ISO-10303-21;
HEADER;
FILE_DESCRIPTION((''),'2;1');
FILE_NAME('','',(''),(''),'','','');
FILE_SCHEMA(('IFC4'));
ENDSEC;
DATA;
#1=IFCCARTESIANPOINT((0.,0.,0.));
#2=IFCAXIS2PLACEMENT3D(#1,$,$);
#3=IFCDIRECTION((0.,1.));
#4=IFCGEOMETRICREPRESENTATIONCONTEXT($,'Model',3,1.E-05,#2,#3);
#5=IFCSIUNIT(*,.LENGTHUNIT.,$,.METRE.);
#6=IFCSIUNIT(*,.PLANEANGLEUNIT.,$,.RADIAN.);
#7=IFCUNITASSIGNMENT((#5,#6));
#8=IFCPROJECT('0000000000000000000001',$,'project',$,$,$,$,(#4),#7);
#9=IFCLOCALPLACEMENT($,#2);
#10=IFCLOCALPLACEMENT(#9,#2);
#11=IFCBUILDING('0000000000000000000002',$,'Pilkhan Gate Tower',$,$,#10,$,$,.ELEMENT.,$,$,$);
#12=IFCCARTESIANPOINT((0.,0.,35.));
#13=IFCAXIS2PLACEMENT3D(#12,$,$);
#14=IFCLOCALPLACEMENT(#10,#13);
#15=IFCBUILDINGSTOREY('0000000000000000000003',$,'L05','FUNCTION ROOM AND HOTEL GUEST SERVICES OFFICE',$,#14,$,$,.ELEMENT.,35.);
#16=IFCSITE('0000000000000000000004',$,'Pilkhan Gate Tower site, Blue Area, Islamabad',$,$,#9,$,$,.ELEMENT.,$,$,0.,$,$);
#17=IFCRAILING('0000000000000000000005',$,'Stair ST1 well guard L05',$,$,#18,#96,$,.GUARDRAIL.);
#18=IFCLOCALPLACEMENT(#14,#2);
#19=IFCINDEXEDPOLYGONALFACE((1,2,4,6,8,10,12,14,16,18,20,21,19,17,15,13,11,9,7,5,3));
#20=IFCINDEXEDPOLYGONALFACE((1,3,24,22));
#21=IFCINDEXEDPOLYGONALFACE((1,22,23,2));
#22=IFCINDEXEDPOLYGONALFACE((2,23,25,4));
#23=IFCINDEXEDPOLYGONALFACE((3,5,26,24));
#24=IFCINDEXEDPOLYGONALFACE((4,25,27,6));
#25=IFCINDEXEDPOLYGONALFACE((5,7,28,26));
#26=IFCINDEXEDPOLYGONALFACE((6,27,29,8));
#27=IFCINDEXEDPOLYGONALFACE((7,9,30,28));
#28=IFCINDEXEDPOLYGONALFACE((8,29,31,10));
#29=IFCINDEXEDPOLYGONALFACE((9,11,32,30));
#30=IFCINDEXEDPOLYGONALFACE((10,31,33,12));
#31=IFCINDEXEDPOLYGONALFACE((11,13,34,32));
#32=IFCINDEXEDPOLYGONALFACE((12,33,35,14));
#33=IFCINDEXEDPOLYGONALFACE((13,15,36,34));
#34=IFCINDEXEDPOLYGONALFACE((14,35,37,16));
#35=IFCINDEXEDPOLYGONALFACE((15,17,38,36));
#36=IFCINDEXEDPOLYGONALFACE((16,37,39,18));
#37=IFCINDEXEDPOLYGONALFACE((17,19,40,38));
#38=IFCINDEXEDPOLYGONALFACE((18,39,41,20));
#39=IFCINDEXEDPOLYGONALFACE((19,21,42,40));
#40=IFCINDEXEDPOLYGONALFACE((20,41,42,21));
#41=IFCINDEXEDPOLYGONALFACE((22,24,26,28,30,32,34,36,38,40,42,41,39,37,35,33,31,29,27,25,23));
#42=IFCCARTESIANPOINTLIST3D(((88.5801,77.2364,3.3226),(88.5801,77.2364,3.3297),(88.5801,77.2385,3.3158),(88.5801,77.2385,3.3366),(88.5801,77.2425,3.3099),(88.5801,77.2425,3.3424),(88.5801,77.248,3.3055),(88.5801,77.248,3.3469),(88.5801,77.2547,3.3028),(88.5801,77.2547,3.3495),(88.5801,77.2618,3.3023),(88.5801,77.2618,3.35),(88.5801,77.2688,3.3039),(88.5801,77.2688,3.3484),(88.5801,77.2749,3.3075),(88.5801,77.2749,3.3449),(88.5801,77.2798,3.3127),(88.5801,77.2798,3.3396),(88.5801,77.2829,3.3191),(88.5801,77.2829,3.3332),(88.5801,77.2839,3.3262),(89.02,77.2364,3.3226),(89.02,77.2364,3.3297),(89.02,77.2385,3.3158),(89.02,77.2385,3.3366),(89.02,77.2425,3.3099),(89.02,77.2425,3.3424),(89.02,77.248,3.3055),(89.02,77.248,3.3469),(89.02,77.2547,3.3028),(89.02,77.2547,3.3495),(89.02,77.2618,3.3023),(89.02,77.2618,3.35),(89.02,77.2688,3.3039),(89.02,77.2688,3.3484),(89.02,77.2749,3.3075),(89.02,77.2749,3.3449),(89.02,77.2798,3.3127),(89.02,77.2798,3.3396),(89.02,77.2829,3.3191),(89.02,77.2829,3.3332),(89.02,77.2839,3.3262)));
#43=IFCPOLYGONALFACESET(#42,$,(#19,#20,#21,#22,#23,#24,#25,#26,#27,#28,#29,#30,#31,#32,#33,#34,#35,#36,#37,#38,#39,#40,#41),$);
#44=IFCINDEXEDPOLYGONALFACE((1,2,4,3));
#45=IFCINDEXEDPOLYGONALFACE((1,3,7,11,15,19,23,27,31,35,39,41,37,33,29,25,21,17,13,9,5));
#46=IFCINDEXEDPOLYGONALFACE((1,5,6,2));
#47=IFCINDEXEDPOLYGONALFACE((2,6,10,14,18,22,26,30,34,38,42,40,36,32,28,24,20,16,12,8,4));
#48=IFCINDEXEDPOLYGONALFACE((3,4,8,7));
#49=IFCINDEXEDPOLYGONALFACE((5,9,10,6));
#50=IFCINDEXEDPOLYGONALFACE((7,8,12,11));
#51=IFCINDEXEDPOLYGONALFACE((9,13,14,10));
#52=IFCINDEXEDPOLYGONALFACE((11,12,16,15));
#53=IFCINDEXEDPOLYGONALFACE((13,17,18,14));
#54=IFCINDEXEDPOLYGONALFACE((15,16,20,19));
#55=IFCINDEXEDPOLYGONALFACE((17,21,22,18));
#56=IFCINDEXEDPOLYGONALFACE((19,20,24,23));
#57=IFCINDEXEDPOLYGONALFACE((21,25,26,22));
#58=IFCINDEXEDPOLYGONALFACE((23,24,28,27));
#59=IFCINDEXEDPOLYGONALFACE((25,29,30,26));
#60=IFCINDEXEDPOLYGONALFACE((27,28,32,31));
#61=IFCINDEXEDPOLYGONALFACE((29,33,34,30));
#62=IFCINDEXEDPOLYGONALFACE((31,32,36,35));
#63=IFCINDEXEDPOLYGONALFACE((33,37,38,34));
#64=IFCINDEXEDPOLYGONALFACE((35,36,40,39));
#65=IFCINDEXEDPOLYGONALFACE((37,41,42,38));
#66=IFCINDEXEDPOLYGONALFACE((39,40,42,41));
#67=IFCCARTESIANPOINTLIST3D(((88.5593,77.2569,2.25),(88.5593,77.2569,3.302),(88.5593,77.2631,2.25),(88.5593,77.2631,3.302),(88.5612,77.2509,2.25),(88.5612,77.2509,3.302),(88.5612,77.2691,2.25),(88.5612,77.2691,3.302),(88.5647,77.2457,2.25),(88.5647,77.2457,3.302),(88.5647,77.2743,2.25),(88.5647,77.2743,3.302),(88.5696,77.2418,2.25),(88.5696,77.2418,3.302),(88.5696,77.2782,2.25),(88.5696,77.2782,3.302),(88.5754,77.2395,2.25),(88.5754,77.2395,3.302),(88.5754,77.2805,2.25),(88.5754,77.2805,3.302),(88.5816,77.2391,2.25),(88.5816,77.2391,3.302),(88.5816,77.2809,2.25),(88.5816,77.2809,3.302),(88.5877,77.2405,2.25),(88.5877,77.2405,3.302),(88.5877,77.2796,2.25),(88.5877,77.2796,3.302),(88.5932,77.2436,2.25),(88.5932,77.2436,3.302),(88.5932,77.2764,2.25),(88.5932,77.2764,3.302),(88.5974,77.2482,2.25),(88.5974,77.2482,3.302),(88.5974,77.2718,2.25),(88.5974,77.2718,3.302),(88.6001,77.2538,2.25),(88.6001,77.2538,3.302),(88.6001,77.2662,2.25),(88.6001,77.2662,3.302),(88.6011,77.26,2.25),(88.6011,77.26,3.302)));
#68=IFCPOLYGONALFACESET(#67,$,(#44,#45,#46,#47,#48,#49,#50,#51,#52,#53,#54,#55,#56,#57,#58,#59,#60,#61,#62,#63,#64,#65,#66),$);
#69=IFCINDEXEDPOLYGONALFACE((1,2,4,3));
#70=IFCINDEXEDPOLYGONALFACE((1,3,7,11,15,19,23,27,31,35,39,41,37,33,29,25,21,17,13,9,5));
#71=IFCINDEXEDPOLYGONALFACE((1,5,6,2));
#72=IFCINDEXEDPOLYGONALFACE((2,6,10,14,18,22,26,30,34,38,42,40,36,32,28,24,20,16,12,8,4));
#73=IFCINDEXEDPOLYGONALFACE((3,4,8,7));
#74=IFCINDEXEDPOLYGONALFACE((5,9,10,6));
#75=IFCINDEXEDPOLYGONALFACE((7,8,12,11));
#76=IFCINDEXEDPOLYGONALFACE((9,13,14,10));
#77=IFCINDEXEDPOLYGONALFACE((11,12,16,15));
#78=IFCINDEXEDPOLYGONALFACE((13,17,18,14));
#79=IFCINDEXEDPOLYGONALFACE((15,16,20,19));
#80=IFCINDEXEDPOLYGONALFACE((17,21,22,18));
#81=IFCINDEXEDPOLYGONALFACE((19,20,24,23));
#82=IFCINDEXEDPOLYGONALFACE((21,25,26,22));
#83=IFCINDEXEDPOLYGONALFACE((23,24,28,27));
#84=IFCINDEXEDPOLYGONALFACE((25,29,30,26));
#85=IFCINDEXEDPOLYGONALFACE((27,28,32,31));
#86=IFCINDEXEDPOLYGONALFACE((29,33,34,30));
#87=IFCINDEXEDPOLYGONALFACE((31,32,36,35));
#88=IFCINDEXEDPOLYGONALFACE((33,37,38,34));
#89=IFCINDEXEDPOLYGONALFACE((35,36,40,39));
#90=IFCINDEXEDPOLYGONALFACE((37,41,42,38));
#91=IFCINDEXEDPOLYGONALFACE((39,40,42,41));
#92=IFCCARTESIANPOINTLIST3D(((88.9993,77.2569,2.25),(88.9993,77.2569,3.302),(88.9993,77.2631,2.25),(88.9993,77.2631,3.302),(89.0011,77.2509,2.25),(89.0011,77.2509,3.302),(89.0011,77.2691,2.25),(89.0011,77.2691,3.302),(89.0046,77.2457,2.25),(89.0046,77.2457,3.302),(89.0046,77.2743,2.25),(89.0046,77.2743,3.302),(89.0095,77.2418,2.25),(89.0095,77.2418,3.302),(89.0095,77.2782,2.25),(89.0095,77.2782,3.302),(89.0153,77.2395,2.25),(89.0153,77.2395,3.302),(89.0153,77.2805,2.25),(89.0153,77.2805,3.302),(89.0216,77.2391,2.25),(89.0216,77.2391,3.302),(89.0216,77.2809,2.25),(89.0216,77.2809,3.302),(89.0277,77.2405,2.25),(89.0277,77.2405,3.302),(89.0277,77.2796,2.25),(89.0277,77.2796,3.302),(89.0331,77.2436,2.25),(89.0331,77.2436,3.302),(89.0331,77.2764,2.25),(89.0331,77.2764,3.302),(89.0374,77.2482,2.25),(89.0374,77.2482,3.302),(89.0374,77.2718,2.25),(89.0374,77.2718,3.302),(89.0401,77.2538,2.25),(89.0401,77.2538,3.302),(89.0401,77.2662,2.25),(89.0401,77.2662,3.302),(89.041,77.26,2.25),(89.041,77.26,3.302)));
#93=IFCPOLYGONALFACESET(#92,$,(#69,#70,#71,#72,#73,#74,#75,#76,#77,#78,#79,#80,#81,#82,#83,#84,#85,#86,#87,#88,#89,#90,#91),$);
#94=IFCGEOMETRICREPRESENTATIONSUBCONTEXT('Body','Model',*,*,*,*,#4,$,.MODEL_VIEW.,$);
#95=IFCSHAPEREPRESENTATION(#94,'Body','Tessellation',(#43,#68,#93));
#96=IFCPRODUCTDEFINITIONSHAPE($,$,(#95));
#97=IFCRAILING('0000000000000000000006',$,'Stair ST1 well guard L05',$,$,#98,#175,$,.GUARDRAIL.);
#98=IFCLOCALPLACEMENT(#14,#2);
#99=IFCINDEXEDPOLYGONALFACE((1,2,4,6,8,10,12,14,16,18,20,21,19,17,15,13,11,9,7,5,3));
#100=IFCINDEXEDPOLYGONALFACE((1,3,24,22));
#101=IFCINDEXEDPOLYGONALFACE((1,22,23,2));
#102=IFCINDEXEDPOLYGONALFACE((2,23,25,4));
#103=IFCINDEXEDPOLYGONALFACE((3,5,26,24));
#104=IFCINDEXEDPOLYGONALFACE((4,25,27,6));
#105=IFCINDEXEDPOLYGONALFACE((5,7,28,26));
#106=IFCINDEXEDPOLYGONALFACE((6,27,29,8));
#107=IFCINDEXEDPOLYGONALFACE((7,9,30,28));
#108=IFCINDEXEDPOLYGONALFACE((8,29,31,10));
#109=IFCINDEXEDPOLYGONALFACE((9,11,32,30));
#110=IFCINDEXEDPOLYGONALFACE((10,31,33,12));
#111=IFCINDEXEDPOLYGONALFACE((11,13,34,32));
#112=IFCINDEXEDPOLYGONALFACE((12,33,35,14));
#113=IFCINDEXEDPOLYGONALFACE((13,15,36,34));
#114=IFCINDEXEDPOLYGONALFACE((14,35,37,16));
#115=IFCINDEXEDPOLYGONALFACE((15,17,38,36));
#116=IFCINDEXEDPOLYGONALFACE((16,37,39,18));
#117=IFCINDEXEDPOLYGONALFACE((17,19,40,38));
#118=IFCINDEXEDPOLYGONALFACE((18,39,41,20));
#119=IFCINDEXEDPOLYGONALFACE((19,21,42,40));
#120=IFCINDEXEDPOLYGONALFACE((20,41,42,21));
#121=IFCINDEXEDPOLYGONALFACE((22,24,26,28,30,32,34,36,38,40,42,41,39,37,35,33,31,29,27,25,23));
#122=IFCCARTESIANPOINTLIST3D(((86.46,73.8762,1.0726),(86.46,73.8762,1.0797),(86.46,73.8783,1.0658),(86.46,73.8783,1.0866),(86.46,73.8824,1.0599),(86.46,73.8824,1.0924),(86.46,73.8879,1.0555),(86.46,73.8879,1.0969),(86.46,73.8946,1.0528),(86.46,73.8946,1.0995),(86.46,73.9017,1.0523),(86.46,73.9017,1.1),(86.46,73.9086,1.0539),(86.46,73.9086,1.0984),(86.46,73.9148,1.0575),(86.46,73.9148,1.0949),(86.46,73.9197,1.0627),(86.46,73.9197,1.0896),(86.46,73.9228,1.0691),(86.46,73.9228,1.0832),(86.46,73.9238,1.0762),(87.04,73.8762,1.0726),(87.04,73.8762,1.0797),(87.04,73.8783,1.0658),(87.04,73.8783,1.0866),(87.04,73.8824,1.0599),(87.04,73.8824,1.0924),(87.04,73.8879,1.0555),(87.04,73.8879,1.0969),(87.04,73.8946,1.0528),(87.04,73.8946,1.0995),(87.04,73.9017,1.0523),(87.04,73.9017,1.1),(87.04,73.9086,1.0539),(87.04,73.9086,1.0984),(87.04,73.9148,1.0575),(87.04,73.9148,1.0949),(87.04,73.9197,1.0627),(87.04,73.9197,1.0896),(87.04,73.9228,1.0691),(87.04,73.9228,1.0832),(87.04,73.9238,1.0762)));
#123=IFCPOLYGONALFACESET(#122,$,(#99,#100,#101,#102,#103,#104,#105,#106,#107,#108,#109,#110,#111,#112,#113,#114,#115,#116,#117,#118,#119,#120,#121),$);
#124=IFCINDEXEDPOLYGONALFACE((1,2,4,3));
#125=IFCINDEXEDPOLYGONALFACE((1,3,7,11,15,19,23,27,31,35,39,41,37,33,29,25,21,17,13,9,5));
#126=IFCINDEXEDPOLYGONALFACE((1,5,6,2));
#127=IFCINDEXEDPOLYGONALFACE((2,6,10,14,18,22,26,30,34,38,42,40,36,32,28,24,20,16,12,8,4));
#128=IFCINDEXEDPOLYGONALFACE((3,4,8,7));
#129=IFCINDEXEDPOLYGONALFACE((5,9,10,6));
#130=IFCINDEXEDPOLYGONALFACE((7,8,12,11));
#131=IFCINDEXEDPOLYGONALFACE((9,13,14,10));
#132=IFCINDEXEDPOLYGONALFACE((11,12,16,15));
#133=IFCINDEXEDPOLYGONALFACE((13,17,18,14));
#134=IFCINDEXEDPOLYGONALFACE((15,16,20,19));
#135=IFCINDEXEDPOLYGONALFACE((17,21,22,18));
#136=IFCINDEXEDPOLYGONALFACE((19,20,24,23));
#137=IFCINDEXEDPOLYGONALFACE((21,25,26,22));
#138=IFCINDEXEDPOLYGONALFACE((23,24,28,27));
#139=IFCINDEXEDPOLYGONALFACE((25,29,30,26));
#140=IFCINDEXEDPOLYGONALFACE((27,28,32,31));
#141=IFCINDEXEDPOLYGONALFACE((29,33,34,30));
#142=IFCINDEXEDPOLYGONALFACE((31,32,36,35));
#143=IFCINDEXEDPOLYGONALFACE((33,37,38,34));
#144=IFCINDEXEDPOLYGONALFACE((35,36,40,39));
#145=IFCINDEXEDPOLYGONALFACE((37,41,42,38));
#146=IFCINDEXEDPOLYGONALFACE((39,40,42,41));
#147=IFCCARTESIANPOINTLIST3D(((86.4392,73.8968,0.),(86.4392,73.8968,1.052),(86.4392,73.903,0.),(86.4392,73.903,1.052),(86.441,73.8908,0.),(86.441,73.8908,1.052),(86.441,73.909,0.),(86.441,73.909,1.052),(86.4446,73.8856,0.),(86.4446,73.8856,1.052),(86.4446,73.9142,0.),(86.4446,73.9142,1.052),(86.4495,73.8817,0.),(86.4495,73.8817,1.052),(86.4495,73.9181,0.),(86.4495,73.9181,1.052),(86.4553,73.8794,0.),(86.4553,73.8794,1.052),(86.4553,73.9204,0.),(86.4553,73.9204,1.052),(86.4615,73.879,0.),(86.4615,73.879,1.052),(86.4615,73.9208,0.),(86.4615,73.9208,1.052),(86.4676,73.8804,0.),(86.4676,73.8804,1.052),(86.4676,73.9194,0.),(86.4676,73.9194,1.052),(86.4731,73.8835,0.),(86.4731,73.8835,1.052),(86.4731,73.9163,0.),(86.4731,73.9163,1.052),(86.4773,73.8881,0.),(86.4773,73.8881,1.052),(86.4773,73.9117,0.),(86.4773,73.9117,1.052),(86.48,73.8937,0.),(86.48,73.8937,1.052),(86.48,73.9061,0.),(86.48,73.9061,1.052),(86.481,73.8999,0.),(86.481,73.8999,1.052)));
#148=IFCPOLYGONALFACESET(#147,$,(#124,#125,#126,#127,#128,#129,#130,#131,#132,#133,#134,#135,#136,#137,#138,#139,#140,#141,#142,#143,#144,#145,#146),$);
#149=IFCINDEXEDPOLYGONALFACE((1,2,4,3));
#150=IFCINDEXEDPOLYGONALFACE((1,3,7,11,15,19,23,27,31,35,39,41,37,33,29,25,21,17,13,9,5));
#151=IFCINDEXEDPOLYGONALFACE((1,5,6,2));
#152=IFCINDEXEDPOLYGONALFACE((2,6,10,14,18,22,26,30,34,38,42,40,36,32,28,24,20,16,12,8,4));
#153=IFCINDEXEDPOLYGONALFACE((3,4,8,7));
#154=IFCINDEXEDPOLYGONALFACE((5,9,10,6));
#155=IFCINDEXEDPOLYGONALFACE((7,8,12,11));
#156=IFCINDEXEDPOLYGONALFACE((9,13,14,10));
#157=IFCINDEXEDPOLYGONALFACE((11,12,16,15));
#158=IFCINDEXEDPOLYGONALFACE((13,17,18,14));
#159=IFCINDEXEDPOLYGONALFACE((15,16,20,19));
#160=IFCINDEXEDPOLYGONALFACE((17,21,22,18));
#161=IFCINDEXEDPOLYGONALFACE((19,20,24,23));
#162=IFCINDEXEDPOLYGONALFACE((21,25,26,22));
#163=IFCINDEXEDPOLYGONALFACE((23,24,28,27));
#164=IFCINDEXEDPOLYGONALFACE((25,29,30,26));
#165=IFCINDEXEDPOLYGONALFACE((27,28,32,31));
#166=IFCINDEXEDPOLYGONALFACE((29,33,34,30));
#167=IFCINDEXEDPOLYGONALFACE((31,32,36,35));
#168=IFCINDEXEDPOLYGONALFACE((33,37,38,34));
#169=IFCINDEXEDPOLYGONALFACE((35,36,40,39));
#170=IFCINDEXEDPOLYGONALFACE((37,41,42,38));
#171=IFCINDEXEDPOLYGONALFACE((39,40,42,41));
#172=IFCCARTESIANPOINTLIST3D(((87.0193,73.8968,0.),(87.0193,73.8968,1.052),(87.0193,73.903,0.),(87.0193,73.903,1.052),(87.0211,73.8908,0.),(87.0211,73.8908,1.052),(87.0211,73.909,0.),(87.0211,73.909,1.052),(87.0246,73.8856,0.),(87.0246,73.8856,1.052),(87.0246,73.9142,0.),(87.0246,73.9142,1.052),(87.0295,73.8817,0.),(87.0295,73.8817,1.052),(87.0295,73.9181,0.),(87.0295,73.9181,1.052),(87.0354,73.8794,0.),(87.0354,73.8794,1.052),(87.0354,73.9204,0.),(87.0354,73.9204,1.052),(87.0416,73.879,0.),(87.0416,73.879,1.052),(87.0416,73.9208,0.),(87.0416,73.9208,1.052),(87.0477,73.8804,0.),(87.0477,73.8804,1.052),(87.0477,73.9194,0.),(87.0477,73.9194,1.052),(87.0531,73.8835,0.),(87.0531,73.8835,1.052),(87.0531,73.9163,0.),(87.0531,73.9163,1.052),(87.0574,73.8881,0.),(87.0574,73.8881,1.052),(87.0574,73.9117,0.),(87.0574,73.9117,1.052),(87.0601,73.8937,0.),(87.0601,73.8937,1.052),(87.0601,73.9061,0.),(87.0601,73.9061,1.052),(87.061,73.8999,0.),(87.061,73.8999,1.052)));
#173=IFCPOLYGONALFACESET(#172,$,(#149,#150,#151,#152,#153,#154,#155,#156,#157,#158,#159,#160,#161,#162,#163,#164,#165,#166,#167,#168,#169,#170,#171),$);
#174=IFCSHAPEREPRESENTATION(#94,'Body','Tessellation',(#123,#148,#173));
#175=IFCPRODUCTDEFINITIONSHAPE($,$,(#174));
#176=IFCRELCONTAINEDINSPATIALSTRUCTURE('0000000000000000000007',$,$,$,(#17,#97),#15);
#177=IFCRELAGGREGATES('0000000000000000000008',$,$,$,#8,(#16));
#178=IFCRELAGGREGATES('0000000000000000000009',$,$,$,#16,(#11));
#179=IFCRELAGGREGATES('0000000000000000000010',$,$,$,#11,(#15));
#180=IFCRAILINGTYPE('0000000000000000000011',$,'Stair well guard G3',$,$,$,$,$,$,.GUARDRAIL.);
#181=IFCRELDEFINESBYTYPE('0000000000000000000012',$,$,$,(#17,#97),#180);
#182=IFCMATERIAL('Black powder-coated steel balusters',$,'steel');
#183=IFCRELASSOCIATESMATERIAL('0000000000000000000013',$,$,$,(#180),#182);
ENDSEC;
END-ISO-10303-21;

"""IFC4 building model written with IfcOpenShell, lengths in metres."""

from ifc_helpers import new_model, si_unit, direction, frame, origin, origin_2d, place, context, subcontext, project, spatial, circle, extrude, material, type_object, element, save


model = new_model("IFC4")

# Units and contexts
model_context = context("Model", 3, precision=1e-05, world=origin(), true_north=direction((0.0, 1.0)))
body_context = subcontext(model_context, "Body", "Model", "MODEL_VIEW")
ifc_project = project(units=[si_unit("LENGTHUNIT", "METRE"), si_unit("PLANEANGLEUNIT", "RADIAN")], contexts=[model_context])

# Site, building, storey
site_placement = place(None, origin())
site = spatial("IfcSite", under=ifc_project, at=site_placement, Name="Pilkhan Gate Tower site, Blue Area, Islamabad", CompositionType="ELEMENT", RefElevation=0.0)
building_placement = place(site_placement, origin())
building = spatial("IfcBuilding", under=site, at=building_placement, Name="Pilkhan Gate Tower", CompositionType="ELEMENT")
storey_placement = place(building_placement, frame((0.0, 0.0, 35.0)))
storey = spatial("IfcBuildingStorey", under=building, at=storey_placement, Name="L05", Description="FUNCTION ROOM AND HOTEL GUEST SERVICES OFFICE", CompositionType="ELEMENT", Elevation=35.0)

# Railings
ifc_material_1 = material(Name="Black powder-coated steel balusters", Category="steel")
railing_type_1 = type_object("IfcRailingType", Name="Stair well guard G3", PredefinedType="GUARDRAIL", material=ifc_material_1)
railing_1_placement = place(storey_placement, frame((88.5801, 77.26, 2.25)))
element("IfcRailing", 1, at=railing_1_placement, inside=storey, type_object=railing_type_1, Name="Stair ST1 well guard L05", PredefinedType="GUARDRAIL", context=body_context, shape_type="SweptSolid", body=[
    extrude(circle(Radius=0.0239, at=origin_2d()), frame((0.0, 0.0, 1.0762), z_axis=(1.0, 0.0, 0.0), x_axis=(0.0, 1.0, 0.0)), (0.0, 0.0, 1.0), 0.4399),
    extrude(circle(Radius=0.021, at=origin_2d()), origin(), (0.0, 0.0, 1.0), 1.052),
    extrude(circle(Radius=0.021, at=origin_2d()), frame((0.4399, 0.0, 0.0)), (0.0, 0.0, 1.0), 1.052),
])
for number, where, name in (
    (2, (86.46, 73.8999, 0.0), "Stair ST1 well guard L05"),
):
    element("IfcRailing", number, at=place(storey_placement, frame(where)), inside=storey, type_object=railing_type_1, Name=name, PredefinedType="GUARDRAIL", context=body_context, shape_type="SweptSolid", body=[
        extrude(circle(Radius=0.0239, at=origin_2d()), frame((0.0, 0.0, 1.0762), z_axis=(1.0, 0.0, 0.0), x_axis=(0.0, 1.0, 0.0)), (0.0, 0.0, 1.0), 0.5801),
        extrude(circle(Radius=0.021, at=origin_2d()), origin(), (0.0, 0.0, 1.0), 1.052),
        extrude(circle(Radius=0.021, at=origin_2d()), frame((0.5801, 0.0, 0.0)), (0.0, 0.0, 1.0), 1.052),
    ])

save(model, "model.ifc")
